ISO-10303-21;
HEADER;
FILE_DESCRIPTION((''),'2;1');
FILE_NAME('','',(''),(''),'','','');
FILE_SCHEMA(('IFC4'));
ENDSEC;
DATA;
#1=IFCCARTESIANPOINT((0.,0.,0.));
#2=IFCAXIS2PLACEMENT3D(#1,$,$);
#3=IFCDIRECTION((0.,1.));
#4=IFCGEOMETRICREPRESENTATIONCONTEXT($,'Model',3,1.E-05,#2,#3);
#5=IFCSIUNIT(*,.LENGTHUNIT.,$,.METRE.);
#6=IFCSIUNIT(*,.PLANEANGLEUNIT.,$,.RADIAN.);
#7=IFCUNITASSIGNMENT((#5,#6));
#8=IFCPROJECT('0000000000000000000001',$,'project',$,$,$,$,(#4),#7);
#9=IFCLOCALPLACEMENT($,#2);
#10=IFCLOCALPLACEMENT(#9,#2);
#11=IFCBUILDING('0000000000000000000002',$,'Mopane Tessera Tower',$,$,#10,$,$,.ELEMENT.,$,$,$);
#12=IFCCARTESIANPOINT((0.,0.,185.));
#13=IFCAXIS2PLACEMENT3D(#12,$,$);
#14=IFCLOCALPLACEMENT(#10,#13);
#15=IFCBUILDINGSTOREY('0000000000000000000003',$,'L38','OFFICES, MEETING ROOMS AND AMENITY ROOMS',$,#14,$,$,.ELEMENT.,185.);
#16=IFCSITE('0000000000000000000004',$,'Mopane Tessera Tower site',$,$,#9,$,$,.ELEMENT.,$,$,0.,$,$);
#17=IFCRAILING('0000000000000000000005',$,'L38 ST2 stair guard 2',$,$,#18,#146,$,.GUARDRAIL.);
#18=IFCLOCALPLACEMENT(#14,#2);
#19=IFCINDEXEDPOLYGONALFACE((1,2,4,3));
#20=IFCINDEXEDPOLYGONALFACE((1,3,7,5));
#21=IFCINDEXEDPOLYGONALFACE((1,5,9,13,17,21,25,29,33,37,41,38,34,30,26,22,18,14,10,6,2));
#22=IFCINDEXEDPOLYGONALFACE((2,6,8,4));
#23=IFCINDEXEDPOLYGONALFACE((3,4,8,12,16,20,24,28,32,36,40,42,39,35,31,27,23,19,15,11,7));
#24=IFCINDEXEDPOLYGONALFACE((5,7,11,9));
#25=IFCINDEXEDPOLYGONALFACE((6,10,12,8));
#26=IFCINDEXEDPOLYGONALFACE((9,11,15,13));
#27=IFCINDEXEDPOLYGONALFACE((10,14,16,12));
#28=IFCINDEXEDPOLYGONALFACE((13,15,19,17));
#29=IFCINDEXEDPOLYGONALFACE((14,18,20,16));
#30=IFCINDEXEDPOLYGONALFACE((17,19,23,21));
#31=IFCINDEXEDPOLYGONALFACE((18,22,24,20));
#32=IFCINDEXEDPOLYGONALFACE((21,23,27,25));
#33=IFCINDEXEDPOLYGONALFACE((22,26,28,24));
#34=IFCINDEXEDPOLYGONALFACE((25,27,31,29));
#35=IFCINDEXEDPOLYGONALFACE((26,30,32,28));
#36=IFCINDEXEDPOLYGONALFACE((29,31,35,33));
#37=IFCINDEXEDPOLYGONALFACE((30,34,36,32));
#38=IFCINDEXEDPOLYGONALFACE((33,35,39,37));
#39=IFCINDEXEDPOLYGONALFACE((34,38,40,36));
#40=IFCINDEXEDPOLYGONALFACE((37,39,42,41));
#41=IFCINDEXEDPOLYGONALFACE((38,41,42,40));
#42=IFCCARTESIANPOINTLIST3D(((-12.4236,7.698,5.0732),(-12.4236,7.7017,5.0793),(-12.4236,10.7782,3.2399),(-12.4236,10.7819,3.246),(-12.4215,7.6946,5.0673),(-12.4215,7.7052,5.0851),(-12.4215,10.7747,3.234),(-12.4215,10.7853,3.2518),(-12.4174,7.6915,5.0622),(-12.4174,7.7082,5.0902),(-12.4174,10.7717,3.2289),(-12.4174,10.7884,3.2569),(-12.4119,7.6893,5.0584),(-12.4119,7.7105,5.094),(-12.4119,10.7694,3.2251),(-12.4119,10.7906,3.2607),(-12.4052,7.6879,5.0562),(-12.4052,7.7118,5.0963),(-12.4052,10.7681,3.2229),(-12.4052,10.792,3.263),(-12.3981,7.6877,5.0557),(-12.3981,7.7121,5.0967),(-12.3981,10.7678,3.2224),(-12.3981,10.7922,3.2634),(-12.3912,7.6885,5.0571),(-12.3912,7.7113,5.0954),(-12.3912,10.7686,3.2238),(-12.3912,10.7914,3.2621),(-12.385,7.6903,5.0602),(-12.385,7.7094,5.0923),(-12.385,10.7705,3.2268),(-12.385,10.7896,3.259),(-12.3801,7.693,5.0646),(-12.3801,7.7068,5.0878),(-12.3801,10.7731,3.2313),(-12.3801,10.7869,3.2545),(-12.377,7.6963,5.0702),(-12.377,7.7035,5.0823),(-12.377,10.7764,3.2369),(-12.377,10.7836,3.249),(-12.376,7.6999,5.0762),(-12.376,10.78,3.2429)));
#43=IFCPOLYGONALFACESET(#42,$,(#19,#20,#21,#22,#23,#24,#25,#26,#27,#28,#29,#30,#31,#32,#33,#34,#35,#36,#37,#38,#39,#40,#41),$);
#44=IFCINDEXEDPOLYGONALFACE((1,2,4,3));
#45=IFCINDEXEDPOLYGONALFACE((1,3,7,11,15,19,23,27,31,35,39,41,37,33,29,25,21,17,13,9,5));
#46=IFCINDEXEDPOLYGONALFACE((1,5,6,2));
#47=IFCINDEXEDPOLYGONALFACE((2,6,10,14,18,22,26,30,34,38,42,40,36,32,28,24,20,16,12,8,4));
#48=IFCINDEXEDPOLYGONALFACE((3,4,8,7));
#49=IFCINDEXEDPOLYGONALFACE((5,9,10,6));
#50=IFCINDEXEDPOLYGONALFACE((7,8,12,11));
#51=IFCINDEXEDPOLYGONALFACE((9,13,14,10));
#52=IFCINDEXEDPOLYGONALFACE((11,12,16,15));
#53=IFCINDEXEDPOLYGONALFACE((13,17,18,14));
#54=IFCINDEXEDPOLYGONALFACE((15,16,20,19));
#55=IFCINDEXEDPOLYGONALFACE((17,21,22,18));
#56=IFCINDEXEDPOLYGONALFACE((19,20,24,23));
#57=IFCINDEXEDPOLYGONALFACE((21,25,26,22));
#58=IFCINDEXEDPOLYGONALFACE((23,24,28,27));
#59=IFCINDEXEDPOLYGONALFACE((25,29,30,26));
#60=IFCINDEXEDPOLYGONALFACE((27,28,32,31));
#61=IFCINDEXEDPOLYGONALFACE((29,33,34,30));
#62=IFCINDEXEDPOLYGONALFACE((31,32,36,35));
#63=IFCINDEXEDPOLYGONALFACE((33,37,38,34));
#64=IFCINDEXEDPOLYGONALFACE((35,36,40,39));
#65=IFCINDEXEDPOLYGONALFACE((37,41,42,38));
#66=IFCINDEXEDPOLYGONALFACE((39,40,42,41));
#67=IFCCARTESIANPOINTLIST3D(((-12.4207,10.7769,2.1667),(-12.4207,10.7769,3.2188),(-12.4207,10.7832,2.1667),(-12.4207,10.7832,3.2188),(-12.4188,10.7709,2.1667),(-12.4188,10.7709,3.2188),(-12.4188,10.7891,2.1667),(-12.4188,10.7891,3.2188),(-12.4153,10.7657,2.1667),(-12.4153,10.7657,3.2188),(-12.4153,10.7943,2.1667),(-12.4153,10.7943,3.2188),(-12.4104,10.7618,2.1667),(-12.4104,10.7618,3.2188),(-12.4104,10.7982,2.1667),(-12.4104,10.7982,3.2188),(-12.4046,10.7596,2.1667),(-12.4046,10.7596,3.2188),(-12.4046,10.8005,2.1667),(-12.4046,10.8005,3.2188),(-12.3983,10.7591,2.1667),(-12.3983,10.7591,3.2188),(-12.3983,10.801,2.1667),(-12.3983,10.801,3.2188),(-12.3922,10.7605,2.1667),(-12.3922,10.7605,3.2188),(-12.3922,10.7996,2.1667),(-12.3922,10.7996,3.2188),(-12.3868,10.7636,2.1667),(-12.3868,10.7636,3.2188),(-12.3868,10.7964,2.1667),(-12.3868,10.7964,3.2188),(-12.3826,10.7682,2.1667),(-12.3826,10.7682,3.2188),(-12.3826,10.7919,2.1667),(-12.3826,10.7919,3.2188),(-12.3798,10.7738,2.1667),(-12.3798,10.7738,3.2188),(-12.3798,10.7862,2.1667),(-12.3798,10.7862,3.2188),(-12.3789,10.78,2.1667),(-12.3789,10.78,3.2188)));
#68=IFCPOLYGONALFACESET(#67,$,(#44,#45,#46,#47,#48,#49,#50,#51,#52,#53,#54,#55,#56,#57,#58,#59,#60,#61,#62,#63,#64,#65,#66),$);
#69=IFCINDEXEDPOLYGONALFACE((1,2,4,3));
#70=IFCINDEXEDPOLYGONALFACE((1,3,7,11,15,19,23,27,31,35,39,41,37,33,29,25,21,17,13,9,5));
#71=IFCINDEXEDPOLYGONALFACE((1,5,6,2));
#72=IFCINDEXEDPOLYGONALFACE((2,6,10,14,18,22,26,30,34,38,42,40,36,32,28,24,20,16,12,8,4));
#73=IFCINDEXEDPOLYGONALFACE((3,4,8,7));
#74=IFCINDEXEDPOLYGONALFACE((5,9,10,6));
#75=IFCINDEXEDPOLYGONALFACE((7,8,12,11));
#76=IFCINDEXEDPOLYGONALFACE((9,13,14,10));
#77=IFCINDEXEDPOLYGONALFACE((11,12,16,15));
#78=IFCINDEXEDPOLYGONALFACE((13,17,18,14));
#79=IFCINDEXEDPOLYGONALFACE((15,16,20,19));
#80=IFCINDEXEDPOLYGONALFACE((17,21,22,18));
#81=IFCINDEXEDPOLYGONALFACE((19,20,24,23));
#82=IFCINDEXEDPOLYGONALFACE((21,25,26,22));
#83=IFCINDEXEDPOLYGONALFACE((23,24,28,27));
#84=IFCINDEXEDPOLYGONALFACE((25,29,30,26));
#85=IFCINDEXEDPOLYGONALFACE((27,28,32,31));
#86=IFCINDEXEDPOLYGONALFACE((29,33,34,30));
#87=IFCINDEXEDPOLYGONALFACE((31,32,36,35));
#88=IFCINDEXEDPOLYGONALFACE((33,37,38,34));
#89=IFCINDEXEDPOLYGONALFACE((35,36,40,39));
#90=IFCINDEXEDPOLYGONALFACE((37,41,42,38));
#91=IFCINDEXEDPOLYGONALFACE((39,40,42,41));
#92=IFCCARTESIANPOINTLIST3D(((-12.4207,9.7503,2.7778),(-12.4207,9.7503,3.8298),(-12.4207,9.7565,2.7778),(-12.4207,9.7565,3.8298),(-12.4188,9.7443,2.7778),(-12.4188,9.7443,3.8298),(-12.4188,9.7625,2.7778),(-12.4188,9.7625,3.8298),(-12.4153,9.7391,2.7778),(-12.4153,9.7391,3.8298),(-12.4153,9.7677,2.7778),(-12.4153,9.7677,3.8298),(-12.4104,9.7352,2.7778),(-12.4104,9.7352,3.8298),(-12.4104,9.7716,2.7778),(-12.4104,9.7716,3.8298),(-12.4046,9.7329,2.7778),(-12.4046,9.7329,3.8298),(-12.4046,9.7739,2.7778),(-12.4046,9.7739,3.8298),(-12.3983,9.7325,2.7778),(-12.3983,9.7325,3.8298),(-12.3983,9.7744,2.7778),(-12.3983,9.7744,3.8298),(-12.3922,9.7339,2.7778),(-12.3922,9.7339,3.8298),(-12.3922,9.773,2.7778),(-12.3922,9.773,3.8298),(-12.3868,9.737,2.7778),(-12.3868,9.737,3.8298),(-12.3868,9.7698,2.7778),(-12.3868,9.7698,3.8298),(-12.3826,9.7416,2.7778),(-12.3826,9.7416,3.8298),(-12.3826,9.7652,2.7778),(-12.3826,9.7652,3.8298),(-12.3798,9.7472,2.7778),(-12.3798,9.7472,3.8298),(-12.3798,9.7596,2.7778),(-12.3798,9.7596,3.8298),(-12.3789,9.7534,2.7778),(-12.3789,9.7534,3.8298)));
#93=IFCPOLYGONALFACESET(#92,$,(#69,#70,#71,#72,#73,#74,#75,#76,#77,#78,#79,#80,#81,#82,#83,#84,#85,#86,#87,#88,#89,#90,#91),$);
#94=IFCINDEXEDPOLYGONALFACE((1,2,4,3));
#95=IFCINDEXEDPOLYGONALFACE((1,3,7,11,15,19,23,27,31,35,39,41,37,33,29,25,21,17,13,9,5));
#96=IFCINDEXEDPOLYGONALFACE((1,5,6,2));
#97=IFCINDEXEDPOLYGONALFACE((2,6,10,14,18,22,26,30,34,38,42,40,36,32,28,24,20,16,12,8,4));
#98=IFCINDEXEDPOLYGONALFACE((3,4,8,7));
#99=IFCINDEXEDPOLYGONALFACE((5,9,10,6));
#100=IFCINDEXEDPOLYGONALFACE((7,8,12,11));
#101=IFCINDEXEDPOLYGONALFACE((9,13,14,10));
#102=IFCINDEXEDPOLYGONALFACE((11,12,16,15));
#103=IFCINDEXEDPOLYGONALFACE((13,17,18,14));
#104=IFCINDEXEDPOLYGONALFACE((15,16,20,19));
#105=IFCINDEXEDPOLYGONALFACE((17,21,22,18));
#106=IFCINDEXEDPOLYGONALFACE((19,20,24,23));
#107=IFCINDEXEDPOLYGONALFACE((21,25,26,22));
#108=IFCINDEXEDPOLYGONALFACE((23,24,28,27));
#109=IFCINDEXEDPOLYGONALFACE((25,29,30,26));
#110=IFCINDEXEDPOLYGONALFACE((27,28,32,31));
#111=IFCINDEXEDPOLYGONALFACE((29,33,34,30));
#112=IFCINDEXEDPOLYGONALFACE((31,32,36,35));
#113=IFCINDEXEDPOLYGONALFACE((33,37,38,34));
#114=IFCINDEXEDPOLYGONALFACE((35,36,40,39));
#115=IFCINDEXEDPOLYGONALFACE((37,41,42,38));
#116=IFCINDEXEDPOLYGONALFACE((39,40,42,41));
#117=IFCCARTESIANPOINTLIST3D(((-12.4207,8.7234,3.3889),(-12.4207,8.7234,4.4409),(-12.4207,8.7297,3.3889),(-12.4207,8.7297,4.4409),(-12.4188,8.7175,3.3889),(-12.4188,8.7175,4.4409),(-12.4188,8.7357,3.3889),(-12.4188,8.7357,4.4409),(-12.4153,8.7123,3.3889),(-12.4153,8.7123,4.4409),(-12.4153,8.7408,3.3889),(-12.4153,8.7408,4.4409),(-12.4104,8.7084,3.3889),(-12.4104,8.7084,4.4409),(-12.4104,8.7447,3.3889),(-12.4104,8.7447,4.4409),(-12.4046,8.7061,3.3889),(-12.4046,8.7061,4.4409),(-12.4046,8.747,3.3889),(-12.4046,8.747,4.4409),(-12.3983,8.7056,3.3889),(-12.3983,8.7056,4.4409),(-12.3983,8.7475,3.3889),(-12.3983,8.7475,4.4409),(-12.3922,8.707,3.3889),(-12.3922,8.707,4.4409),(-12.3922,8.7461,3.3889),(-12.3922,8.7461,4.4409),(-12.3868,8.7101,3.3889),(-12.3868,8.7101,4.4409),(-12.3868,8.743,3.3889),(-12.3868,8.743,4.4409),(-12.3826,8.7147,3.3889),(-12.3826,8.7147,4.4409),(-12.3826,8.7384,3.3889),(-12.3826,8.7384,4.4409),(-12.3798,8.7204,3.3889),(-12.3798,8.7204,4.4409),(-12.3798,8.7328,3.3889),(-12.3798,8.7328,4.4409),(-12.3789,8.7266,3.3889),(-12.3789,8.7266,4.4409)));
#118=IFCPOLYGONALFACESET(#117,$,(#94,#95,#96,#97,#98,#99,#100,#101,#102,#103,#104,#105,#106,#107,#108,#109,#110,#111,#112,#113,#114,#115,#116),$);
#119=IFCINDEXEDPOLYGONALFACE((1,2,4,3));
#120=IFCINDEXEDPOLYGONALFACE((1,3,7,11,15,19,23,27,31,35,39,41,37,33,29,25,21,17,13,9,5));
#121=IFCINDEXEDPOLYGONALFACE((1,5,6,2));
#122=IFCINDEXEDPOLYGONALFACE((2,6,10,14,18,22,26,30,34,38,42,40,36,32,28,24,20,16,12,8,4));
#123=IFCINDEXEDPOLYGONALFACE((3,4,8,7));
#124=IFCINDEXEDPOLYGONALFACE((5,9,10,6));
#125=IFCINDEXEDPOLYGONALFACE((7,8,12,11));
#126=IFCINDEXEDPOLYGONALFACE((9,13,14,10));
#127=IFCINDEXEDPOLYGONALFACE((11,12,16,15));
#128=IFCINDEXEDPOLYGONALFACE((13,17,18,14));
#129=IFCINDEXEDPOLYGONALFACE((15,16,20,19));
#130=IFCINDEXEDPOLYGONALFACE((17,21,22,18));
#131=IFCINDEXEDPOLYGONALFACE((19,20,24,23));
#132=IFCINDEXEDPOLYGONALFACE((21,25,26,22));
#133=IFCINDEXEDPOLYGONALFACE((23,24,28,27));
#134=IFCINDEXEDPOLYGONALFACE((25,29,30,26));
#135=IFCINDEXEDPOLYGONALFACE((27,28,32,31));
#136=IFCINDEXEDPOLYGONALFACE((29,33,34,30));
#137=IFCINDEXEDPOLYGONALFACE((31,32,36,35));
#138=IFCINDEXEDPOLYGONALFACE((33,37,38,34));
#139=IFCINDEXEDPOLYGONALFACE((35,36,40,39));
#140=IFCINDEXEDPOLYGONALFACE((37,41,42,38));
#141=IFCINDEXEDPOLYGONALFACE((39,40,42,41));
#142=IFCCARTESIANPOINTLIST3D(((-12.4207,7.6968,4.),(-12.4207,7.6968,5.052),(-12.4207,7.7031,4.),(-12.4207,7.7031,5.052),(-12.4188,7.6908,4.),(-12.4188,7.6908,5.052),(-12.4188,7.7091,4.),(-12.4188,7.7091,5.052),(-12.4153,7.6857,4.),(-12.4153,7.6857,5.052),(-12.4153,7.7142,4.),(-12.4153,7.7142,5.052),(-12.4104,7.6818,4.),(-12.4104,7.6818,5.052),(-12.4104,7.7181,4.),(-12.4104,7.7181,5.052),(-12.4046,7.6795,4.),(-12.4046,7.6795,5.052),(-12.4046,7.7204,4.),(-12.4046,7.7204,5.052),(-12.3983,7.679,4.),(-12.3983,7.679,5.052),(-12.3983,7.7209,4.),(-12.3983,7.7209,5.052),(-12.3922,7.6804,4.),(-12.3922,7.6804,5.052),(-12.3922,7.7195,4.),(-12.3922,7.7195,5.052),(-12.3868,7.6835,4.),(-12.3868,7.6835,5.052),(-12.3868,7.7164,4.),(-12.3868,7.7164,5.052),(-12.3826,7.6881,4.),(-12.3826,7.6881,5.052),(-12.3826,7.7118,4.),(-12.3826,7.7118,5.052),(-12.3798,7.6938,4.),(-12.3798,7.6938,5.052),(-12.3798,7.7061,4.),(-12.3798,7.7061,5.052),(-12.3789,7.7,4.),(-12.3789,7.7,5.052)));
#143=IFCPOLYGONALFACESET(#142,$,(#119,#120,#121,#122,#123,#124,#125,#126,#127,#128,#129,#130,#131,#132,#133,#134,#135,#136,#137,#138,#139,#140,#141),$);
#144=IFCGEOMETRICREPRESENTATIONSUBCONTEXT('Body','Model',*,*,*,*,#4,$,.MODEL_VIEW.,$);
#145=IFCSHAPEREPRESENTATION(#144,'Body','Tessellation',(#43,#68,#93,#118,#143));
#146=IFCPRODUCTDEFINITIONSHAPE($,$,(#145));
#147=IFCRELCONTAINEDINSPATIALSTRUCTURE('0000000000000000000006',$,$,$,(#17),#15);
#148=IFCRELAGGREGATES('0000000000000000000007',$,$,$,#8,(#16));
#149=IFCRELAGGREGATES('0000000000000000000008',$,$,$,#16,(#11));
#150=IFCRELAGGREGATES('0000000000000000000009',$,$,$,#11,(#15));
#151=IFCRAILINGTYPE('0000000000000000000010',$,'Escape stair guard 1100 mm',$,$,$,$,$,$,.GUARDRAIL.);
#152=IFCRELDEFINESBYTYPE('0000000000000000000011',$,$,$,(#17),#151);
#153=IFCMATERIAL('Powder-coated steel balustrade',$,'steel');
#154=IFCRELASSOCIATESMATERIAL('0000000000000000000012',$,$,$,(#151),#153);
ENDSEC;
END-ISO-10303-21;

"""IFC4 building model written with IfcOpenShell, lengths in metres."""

from ifc_helpers import new_model, si_unit, direction, frame, origin, origin_2d, place, context, subcontext, project, spatial, circle, extrude, material, type_object, element, save


model = new_model("IFC4")

# Units and contexts
model_context = context("Model", 3, precision=1e-05, world=origin(), true_north=direction((0.0, 1.0)))
body_context = subcontext(model_context, "Body", "Model", "MODEL_VIEW")
ifc_project = project(units=[si_unit("LENGTHUNIT", "METRE"), si_unit("PLANEANGLEUNIT", "RADIAN")], contexts=[model_context])

# Site, building, storey
site_placement = place(None, origin())
site = spatial("IfcSite", under=ifc_project, at=site_placement, Name="Mopane Tessera Tower site", CompositionType="ELEMENT", RefElevation=0.0)
building_placement = place(site_placement, origin())
building = spatial("IfcBuilding", under=site, at=building_placement, Name="Mopane Tessera Tower", CompositionType="ELEMENT")
storey_placement = place(building_placement, frame((0.0, 0.0, 185.0)))
storey = spatial("IfcBuildingStorey", under=building, at=storey_placement, Name="L38", Description="OFFICES, MEETING ROOMS AND AMENITY ROOMS", CompositionType="ELEMENT", Elevation=185.0)

# Railing
ifc_material_1 = material(Name="Powder-coated steel balustrade", Category="steel")
railing_type_1 = type_object("IfcRailingType", Name="Escape stair guard 1100 mm", PredefinedType="GUARDRAIL", material=ifc_material_1)
railing_1_placement = place(storey_placement, frame((-12.3999, 10.78, 2.1667)))
element("IfcRailing", 1, at=railing_1_placement, inside=storey, type_object=railing_type_1, Name="L38 ST2 stair guard 2", PredefinedType="GUARDRAIL", context=body_context, shape_type="SweptSolid", body=[
    extrude(circle(Radius=0.0239, at=origin_2d()), frame((0.0, 0.0, 1.0762), z_axis=(0.0, -0.859309, 0.511458), x_axis=(1.0, 0.0, 0.0)), (0.0, 0.0, 1.0), 3.5845),
    extrude(circle(Radius=0.021, at=origin_2d()), origin(), (0.0, 0.0, 1.0), 1.052),
    extrude(circle(Radius=0.021, at=origin_2d()), frame((0.0, -1.0266, 0.6111)), (0.0, 0.0, 1.0), 1.052),
    extrude(circle(Radius=0.021, at=origin_2d()), frame((0.0, -2.0535, 1.2222)), (0.0, 0.0, 1.0), 1.052),
    extrude(circle(Radius=0.021, at=origin_2d()), frame((0.0, -3.0801, 1.8333)), (0.0, 0.0, 1.0), 1.052),
])

save(model, "model.ifc")
